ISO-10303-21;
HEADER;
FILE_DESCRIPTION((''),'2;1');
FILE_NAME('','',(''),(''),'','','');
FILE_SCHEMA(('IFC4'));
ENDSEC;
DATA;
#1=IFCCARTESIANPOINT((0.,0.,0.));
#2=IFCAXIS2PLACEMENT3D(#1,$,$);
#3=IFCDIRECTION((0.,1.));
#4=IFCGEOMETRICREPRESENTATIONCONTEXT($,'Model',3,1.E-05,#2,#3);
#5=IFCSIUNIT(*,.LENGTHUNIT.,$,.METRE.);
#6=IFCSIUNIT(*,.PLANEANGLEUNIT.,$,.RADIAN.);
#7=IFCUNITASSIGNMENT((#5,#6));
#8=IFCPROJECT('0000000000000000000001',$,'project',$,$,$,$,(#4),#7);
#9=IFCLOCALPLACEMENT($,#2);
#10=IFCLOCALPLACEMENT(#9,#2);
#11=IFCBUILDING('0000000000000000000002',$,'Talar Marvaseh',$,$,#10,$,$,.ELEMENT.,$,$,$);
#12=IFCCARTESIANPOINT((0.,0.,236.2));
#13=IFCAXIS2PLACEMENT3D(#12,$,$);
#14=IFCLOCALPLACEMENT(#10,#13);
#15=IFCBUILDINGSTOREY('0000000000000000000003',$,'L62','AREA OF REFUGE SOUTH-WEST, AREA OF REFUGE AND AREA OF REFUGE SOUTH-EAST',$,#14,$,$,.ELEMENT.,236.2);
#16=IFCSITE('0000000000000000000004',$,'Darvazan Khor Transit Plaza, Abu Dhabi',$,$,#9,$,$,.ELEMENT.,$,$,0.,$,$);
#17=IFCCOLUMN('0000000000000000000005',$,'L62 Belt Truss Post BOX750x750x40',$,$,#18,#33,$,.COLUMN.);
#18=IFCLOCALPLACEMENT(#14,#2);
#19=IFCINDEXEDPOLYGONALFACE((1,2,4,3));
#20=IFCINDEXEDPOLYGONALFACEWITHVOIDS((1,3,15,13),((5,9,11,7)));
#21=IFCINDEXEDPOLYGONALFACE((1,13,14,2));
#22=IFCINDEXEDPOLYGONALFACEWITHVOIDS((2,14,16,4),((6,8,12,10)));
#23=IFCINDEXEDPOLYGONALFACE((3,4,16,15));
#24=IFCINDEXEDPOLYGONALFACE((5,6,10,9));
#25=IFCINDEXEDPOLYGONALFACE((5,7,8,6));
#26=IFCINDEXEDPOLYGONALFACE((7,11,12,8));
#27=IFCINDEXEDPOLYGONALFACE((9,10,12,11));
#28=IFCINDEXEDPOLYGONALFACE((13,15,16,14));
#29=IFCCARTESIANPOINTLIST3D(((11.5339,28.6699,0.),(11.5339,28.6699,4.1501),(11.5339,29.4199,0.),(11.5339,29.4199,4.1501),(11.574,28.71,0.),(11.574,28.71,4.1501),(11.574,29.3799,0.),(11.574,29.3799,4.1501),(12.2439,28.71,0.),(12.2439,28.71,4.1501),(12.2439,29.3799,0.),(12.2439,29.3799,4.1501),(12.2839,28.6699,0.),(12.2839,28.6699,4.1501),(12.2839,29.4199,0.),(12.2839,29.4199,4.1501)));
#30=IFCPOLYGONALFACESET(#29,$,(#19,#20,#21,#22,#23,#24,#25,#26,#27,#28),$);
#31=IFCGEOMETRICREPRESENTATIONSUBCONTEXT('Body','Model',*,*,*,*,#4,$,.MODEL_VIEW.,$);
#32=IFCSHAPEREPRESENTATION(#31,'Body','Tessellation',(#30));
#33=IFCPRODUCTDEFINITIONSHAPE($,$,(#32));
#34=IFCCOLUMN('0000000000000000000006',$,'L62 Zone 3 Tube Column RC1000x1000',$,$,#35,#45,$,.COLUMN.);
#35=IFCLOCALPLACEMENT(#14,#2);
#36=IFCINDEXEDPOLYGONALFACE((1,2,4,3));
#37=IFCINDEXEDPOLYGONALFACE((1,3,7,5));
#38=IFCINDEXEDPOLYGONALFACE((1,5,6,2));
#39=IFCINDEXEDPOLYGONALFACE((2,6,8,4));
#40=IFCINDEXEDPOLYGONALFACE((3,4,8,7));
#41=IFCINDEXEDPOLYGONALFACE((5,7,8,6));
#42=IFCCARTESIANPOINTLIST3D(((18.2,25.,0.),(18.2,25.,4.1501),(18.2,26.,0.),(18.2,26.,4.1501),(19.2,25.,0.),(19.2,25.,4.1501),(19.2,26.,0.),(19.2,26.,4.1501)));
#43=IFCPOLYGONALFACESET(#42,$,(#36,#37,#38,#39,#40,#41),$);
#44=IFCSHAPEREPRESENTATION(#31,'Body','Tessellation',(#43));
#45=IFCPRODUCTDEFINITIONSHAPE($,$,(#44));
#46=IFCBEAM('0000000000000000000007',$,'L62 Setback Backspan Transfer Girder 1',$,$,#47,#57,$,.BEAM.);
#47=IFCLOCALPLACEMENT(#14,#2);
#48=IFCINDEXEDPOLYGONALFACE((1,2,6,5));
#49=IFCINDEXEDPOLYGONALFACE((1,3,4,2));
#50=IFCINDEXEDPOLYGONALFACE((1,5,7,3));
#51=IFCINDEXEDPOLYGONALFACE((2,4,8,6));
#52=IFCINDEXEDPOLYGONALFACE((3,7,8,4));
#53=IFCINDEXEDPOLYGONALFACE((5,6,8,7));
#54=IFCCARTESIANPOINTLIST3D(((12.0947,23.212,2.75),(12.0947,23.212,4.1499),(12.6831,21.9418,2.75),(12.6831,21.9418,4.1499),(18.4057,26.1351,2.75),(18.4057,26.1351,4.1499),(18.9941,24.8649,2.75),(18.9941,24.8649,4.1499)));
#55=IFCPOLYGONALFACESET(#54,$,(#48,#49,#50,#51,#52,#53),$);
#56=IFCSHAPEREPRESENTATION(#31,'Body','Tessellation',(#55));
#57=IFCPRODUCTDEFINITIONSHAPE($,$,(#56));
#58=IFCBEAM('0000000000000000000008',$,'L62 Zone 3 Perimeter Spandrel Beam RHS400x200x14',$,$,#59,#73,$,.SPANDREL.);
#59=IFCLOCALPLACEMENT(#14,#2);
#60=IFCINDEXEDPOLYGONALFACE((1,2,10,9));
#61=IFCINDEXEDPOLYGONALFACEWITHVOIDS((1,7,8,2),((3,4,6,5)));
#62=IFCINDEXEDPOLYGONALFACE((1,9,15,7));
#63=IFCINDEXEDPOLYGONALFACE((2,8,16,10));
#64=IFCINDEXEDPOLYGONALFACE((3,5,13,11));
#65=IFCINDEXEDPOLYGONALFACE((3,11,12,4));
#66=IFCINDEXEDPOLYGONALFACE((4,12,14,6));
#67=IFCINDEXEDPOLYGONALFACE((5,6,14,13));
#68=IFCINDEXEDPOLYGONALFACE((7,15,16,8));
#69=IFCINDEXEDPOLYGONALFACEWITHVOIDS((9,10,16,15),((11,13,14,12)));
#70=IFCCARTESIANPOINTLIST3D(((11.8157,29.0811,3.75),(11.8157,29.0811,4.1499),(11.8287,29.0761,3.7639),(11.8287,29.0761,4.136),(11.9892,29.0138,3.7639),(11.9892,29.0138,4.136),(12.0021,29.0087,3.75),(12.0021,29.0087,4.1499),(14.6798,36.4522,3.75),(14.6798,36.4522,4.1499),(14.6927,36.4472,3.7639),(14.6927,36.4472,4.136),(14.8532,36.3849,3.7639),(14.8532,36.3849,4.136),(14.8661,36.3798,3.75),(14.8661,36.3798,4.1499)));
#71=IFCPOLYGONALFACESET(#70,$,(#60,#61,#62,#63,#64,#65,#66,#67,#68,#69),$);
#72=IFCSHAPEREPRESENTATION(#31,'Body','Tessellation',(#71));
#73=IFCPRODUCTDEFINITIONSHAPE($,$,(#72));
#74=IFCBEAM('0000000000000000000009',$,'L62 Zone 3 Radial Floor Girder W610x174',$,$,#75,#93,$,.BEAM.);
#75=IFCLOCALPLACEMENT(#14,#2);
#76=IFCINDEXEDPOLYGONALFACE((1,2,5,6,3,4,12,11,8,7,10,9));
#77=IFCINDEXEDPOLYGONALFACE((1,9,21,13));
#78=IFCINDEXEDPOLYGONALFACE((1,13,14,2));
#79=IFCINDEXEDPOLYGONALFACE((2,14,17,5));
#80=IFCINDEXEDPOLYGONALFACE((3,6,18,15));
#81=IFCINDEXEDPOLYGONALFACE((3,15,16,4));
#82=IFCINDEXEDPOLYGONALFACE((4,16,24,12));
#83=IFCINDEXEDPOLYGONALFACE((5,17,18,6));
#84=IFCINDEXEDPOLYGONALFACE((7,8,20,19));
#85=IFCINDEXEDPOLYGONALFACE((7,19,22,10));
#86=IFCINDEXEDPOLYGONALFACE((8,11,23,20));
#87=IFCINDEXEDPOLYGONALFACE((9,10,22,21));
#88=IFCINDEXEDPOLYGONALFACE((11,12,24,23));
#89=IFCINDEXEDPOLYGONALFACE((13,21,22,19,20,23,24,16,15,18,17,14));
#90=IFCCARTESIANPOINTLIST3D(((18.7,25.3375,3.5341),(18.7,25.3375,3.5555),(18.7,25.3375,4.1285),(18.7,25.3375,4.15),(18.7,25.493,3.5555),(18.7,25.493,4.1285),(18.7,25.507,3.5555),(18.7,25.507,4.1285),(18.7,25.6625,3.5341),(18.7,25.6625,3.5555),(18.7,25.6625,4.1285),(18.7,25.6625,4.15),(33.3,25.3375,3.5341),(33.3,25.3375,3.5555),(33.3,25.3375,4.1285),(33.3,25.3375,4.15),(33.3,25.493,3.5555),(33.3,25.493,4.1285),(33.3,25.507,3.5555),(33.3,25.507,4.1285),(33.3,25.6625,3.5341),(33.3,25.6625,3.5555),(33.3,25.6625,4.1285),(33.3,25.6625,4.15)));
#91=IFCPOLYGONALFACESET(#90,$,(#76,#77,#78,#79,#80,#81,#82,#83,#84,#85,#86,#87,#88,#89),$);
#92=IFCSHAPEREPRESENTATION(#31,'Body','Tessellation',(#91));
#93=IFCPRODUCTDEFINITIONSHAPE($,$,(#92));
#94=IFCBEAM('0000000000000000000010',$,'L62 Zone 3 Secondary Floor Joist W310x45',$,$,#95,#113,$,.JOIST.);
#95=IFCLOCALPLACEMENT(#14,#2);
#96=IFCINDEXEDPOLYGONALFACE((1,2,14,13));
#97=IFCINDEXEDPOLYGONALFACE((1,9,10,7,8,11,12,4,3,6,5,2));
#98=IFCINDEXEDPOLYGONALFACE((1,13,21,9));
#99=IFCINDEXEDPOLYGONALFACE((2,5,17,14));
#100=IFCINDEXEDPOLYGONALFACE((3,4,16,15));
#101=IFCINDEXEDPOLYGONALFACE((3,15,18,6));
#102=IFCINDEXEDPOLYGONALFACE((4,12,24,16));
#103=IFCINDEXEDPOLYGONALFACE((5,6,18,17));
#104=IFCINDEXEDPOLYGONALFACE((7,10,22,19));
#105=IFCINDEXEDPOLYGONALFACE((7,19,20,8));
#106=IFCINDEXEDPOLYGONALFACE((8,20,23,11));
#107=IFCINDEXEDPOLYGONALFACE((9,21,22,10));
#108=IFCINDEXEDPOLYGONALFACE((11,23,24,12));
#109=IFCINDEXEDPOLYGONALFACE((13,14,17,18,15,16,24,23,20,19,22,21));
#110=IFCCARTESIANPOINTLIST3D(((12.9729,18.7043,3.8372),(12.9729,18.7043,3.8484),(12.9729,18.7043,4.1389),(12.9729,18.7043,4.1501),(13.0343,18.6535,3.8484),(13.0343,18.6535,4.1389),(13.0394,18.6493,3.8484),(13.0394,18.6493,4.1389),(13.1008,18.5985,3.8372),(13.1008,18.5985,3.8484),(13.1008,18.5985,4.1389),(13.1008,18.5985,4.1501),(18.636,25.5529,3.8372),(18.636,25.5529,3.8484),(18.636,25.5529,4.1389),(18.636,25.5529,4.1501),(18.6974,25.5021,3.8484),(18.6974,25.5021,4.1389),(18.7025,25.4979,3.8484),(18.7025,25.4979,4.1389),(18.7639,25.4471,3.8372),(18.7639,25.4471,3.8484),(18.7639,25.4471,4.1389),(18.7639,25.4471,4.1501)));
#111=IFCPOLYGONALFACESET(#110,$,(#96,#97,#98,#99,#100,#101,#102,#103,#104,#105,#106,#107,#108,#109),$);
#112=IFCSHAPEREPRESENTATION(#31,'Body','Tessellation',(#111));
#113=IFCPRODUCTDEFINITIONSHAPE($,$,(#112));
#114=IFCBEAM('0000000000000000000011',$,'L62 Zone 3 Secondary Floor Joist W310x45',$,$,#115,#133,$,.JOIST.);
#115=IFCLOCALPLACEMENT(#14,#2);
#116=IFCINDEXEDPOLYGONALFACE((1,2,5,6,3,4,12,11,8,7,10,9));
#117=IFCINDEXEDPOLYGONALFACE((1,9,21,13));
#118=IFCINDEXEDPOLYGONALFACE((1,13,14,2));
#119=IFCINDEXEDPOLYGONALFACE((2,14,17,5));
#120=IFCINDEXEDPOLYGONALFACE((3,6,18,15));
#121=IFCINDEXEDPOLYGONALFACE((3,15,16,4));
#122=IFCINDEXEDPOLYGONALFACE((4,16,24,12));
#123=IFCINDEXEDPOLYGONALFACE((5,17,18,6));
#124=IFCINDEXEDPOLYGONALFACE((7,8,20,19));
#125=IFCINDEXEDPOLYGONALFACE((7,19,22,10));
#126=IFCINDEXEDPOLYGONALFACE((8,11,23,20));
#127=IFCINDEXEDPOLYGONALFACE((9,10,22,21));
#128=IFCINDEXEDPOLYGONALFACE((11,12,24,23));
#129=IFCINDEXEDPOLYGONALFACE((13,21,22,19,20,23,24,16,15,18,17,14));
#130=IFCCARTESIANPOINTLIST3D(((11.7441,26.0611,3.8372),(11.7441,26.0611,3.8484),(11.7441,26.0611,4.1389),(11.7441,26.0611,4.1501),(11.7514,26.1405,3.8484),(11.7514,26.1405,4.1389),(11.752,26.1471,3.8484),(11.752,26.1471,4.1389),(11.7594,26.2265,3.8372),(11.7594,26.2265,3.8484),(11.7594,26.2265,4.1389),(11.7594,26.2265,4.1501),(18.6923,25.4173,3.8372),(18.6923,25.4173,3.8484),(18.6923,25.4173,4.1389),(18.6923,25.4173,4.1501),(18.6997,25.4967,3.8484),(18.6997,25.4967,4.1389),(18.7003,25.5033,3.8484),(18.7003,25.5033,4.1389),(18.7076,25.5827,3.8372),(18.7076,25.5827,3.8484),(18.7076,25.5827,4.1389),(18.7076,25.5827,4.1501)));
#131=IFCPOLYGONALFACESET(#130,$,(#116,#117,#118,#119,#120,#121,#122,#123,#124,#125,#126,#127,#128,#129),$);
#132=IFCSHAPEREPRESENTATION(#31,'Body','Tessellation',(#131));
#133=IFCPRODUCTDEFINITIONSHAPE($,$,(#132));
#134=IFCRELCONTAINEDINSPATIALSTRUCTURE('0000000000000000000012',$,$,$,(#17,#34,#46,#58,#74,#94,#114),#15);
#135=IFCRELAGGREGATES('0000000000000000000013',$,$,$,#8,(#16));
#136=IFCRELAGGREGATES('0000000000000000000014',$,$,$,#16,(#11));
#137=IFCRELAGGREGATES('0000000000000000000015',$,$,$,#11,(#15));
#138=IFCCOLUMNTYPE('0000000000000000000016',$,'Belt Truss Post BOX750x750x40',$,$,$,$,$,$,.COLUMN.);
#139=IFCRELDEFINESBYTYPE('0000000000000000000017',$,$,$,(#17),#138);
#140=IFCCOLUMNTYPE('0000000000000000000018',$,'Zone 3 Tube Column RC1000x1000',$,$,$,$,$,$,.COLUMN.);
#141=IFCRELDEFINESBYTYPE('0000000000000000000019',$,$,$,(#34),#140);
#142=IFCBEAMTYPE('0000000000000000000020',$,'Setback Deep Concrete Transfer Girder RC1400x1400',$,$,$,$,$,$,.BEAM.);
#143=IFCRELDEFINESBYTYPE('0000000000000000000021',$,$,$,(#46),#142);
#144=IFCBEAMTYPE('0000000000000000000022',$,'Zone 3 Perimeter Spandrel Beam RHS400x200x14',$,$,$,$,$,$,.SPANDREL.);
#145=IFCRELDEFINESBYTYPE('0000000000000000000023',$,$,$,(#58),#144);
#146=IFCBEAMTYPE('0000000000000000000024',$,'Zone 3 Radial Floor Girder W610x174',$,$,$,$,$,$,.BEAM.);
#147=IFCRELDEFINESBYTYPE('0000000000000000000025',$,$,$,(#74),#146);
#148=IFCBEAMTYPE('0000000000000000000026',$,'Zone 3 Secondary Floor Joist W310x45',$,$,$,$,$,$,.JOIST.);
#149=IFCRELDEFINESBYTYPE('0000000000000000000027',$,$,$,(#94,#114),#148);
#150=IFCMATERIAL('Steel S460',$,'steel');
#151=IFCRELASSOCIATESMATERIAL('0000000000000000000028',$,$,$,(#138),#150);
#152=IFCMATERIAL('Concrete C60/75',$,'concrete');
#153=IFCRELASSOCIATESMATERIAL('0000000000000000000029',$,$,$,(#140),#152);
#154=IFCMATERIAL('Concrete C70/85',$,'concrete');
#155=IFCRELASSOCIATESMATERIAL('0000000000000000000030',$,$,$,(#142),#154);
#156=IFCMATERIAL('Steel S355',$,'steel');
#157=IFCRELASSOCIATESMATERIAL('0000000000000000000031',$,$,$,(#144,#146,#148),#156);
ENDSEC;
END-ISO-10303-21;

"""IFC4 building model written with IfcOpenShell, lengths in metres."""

from ifc_helpers import new_model, si_unit, direction, frame, origin, origin_2d, place, context, subcontext, project, spatial, rectangle, hollow_rectangle, i_section, extrude, material, material_profile, profile_set, type_object, element, save


model = new_model("IFC4")

# Units and contexts
model_context = context("Model", 3, precision=1e-05, world=origin(), true_north=direction((0.0, 1.0)))
body_context = subcontext(model_context, "Body", "Model", "MODEL_VIEW")
ifc_project = project(units=[si_unit("LENGTHUNIT", "METRE"), si_unit("PLANEANGLEUNIT", "RADIAN")], contexts=[model_context])

# Site, building, storey
site_placement = place(None, origin())
site = spatial("IfcSite", under=ifc_project, at=site_placement, Name="Darvazan Khor Transit Plaza, Abu Dhabi", CompositionType="ELEMENT", RefElevation=0.0)
building_placement = place(site_placement, origin())
building = spatial("IfcBuilding", under=site, at=building_placement, Name="Talar Marvaseh", CompositionType="ELEMENT")
storey_placement = place(building_placement, frame((0.0, 0.0, 236.2)))
storey = spatial("IfcBuildingStorey", under=building, at=storey_placement, Name="L62", Description="AREA OF REFUGE SOUTH-WEST, AREA OF REFUGE AND AREA OF REFUGE SOUTH-EAST", CompositionType="ELEMENT", Elevation=236.2)

# Columns
ifc_material_1 = material(Name="Steel S460", Category="steel")
ifc_material_profile_1 = material_profile(ifc_material_1, hollow_rectangle(XDim=0.75, YDim=0.75, WallThickness=0.04, at=origin_2d()), Name="BOX750x750x40")
ifc_profile_set_1 = profile_set([ifc_material_profile_1], Name="Steel S460")
column_type_1 = type_object("IfcColumnType", Name="Belt Truss Post BOX750x750x40", PredefinedType="COLUMN", material=ifc_profile_set_1)
column_1_placement = place(storey_placement, frame((11.9089, 29.0449, 0.0), z_axis=(0.0, 0.0, 1.0), x_axis=(1.0, 0.0, 0.0)))
element("IfcColumn", 1, at=column_1_placement, inside=storey, type_object=column_type_1, Name="L62 Belt Truss Post BOX750x750x40", PredefinedType="COLUMN", context=body_context, shape_type="SweptSolid", body=[
    extrude(hollow_rectangle(XDim=0.75, YDim=0.75, WallThickness=0.04, at=origin_2d()), origin(), (0.0, 0.0, 1.0), 4.1501),
])
ifc_material_2 = material(Name="Concrete C60/75", Category="concrete")
ifc_material_profile_2 = material_profile(ifc_material_2, rectangle(XDim=1.0, YDim=1.0, at=origin_2d()), Name="RC1000x1000")
ifc_profile_set_2 = profile_set([ifc_material_profile_2], Name="Concrete C60/75")
column_type_2 = type_object("IfcColumnType", Name="Zone 3 Tube Column RC1000x1000", PredefinedType="COLUMN", material=ifc_profile_set_2)
column_2_placement = place(storey_placement, frame((18.7, 25.5, 0.0), z_axis=(0.0, 0.0, 1.0), x_axis=(1.0, 0.0, 0.0)))
element("IfcColumn", 2, at=column_2_placement, inside=storey, type_object=column_type_2, Name="L62 Zone 3 Tube Column RC1000x1000", PredefinedType="COLUMN", context=body_context, shape_type="SweptSolid", body=[
    extrude(rectangle(XDim=1.0, YDim=1.0, at=origin_2d()), origin(), (0.0, 0.0, 1.0), 4.1501),
])

# Beams
ifc_material_3 = material(Name="Concrete C70/85", Category="concrete")
ifc_material_profile_3 = material_profile(ifc_material_3, rectangle(XDim=1.3999, YDim=1.3999, at=origin_2d()), Name="RC1400x1400")
ifc_profile_set_3 = profile_set([ifc_material_profile_3], Name="Concrete C70/85")
beam_type_1 = type_object("IfcBeamType", Name="Setback Deep Concrete Transfer Girder RC1400x1400", PredefinedType="BEAM", material=ifc_profile_set_3)
beam_1_placement = place(storey_placement, frame((12.3889, 22.5769, 3.45), z_axis=(0.907395, 0.42028, 0.0), x_axis=(-0.42028, 0.907395, 0.0)))
element("IfcBeam", 3, at=beam_1_placement, inside=storey, type_object=beam_type_1, Name="L62 Setback Backspan Transfer Girder 1", PredefinedType="BEAM", context=body_context, shape_type="SweptSolid", body=[
    extrude(rectangle(XDim=1.3999, YDim=1.3999, at=origin_2d()), origin(), (0.0, 0.0, 1.0), 6.9551),
])
ifc_material_4 = material(Name="Steel S355", Category="steel")
ifc_material_profile_4 = material_profile(ifc_material_4, hollow_rectangle(XDim=0.2, YDim=0.3999, WallThickness=0.0139, at=origin_2d()), Name="RHS400x200x14")
ifc_profile_set_4 = profile_set([ifc_material_profile_4], Name="Steel S355")
beam_type_2 = type_object("IfcBeamType", Name="Zone 3 Perimeter Spandrel Beam RHS400x200x14", PredefinedType="SPANDREL", material=ifc_profile_set_4)
beam_2_placement = place(storey_placement, frame((11.9089, 29.0449, 3.95), z_axis=(0.362169, 0.932112, 0.0), x_axis=(-0.932112, 0.362169, 0.0)))
element("IfcBeam", 4, at=beam_2_placement, inside=storey, type_object=beam_type_2, Name="L62 Zone 3 Perimeter Spandrel Beam RHS400x200x14", PredefinedType="SPANDREL", context=body_context, shape_type="SweptSolid", body=[
    extrude(hollow_rectangle(XDim=0.2, YDim=0.3999, WallThickness=0.0139, at=origin_2d()), origin(), (0.0, 0.0, 1.0), 7.908),
])
ifc_material_profile_5 = material_profile(ifc_material_4, i_section(OverallWidth=0.325, OverallDepth=0.616, WebThickness=0.0139, FlangeThickness=0.0215, at=origin_2d()), Name="W610x174")
ifc_profile_set_5 = profile_set([ifc_material_profile_5], Name="Steel S355")
beam_type_3 = type_object("IfcBeamType", Name="Zone 3 Radial Floor Girder W610x174", PredefinedType="BEAM", material=ifc_profile_set_5)
beam_3_placement = place(storey_placement, frame((18.7, 25.5, 3.842), z_axis=(1.0, 0.0, 0.0), x_axis=(0.0, 1.0, 0.0)))
element("IfcBeam", 5, at=beam_3_placement, inside=storey, type_object=beam_type_3, Name="L62 Zone 3 Radial Floor Girder W610x174", PredefinedType="BEAM", context=body_context, shape_type="SweptSolid", body=[
    extrude(i_section(OverallWidth=0.325, OverallDepth=0.616, WebThickness=0.0139, FlangeThickness=0.0215, at=origin_2d()), origin(), (0.0, 0.0, 1.0), 14.6001),
])
ifc_material_profile_6 = material_profile(ifc_material_4, i_section(OverallWidth=0.166, OverallDepth=0.313, WebThickness=0.0066, FlangeThickness=0.0112, at=origin_2d()), Name="W310x45")
ifc_profile_set_6 = profile_set([ifc_material_profile_6], Name="Steel S355")
beam_type_4 = type_object("IfcBeamType", Name="Zone 3 Secondary Floor Joist W310x45", PredefinedType="JOIST", material=ifc_profile_set_6)
beam_4_placement = place(storey_placement, frame((13.0369, 18.6514, 3.9937), z_axis=(0.637251, 0.770657, 0.0), x_axis=(-0.770657, 0.637251, 0.0)))
element("IfcBeam", 6, at=beam_4_placement, inside=storey, type_object=beam_type_4, Name="L62 Zone 3 Secondary Floor Joist W310x45", PredefinedType="JOIST", context=body_context, shape_type="SweptSolid", body=[
    extrude(i_section(OverallWidth=0.166, OverallDepth=0.313, WebThickness=0.0066, FlangeThickness=0.0112, at=origin_2d()), origin(), (0.0, 0.0, 1.0), 8.8867),
])
beam_5_placement = place(storey_placement, frame((11.7517, 26.1438, 3.9937), z_axis=(0.995735, -0.092261, 0.0), x_axis=(0.092261, 0.995735, 0.0)))
element("IfcBeam", 7, at=beam_5_placement, inside=storey, type_object=beam_type_4, Name="L62 Zone 3 Secondary Floor Joist W310x45", PredefinedType="JOIST", context=body_context, shape_type="SweptSolid", body=[
    extrude(i_section(OverallWidth=0.166, OverallDepth=0.313, WebThickness=0.0066, FlangeThickness=0.0112, at=origin_2d()), origin(), (0.0, 0.0, 1.0), 6.978),
])

save(model, "model.ifc")
